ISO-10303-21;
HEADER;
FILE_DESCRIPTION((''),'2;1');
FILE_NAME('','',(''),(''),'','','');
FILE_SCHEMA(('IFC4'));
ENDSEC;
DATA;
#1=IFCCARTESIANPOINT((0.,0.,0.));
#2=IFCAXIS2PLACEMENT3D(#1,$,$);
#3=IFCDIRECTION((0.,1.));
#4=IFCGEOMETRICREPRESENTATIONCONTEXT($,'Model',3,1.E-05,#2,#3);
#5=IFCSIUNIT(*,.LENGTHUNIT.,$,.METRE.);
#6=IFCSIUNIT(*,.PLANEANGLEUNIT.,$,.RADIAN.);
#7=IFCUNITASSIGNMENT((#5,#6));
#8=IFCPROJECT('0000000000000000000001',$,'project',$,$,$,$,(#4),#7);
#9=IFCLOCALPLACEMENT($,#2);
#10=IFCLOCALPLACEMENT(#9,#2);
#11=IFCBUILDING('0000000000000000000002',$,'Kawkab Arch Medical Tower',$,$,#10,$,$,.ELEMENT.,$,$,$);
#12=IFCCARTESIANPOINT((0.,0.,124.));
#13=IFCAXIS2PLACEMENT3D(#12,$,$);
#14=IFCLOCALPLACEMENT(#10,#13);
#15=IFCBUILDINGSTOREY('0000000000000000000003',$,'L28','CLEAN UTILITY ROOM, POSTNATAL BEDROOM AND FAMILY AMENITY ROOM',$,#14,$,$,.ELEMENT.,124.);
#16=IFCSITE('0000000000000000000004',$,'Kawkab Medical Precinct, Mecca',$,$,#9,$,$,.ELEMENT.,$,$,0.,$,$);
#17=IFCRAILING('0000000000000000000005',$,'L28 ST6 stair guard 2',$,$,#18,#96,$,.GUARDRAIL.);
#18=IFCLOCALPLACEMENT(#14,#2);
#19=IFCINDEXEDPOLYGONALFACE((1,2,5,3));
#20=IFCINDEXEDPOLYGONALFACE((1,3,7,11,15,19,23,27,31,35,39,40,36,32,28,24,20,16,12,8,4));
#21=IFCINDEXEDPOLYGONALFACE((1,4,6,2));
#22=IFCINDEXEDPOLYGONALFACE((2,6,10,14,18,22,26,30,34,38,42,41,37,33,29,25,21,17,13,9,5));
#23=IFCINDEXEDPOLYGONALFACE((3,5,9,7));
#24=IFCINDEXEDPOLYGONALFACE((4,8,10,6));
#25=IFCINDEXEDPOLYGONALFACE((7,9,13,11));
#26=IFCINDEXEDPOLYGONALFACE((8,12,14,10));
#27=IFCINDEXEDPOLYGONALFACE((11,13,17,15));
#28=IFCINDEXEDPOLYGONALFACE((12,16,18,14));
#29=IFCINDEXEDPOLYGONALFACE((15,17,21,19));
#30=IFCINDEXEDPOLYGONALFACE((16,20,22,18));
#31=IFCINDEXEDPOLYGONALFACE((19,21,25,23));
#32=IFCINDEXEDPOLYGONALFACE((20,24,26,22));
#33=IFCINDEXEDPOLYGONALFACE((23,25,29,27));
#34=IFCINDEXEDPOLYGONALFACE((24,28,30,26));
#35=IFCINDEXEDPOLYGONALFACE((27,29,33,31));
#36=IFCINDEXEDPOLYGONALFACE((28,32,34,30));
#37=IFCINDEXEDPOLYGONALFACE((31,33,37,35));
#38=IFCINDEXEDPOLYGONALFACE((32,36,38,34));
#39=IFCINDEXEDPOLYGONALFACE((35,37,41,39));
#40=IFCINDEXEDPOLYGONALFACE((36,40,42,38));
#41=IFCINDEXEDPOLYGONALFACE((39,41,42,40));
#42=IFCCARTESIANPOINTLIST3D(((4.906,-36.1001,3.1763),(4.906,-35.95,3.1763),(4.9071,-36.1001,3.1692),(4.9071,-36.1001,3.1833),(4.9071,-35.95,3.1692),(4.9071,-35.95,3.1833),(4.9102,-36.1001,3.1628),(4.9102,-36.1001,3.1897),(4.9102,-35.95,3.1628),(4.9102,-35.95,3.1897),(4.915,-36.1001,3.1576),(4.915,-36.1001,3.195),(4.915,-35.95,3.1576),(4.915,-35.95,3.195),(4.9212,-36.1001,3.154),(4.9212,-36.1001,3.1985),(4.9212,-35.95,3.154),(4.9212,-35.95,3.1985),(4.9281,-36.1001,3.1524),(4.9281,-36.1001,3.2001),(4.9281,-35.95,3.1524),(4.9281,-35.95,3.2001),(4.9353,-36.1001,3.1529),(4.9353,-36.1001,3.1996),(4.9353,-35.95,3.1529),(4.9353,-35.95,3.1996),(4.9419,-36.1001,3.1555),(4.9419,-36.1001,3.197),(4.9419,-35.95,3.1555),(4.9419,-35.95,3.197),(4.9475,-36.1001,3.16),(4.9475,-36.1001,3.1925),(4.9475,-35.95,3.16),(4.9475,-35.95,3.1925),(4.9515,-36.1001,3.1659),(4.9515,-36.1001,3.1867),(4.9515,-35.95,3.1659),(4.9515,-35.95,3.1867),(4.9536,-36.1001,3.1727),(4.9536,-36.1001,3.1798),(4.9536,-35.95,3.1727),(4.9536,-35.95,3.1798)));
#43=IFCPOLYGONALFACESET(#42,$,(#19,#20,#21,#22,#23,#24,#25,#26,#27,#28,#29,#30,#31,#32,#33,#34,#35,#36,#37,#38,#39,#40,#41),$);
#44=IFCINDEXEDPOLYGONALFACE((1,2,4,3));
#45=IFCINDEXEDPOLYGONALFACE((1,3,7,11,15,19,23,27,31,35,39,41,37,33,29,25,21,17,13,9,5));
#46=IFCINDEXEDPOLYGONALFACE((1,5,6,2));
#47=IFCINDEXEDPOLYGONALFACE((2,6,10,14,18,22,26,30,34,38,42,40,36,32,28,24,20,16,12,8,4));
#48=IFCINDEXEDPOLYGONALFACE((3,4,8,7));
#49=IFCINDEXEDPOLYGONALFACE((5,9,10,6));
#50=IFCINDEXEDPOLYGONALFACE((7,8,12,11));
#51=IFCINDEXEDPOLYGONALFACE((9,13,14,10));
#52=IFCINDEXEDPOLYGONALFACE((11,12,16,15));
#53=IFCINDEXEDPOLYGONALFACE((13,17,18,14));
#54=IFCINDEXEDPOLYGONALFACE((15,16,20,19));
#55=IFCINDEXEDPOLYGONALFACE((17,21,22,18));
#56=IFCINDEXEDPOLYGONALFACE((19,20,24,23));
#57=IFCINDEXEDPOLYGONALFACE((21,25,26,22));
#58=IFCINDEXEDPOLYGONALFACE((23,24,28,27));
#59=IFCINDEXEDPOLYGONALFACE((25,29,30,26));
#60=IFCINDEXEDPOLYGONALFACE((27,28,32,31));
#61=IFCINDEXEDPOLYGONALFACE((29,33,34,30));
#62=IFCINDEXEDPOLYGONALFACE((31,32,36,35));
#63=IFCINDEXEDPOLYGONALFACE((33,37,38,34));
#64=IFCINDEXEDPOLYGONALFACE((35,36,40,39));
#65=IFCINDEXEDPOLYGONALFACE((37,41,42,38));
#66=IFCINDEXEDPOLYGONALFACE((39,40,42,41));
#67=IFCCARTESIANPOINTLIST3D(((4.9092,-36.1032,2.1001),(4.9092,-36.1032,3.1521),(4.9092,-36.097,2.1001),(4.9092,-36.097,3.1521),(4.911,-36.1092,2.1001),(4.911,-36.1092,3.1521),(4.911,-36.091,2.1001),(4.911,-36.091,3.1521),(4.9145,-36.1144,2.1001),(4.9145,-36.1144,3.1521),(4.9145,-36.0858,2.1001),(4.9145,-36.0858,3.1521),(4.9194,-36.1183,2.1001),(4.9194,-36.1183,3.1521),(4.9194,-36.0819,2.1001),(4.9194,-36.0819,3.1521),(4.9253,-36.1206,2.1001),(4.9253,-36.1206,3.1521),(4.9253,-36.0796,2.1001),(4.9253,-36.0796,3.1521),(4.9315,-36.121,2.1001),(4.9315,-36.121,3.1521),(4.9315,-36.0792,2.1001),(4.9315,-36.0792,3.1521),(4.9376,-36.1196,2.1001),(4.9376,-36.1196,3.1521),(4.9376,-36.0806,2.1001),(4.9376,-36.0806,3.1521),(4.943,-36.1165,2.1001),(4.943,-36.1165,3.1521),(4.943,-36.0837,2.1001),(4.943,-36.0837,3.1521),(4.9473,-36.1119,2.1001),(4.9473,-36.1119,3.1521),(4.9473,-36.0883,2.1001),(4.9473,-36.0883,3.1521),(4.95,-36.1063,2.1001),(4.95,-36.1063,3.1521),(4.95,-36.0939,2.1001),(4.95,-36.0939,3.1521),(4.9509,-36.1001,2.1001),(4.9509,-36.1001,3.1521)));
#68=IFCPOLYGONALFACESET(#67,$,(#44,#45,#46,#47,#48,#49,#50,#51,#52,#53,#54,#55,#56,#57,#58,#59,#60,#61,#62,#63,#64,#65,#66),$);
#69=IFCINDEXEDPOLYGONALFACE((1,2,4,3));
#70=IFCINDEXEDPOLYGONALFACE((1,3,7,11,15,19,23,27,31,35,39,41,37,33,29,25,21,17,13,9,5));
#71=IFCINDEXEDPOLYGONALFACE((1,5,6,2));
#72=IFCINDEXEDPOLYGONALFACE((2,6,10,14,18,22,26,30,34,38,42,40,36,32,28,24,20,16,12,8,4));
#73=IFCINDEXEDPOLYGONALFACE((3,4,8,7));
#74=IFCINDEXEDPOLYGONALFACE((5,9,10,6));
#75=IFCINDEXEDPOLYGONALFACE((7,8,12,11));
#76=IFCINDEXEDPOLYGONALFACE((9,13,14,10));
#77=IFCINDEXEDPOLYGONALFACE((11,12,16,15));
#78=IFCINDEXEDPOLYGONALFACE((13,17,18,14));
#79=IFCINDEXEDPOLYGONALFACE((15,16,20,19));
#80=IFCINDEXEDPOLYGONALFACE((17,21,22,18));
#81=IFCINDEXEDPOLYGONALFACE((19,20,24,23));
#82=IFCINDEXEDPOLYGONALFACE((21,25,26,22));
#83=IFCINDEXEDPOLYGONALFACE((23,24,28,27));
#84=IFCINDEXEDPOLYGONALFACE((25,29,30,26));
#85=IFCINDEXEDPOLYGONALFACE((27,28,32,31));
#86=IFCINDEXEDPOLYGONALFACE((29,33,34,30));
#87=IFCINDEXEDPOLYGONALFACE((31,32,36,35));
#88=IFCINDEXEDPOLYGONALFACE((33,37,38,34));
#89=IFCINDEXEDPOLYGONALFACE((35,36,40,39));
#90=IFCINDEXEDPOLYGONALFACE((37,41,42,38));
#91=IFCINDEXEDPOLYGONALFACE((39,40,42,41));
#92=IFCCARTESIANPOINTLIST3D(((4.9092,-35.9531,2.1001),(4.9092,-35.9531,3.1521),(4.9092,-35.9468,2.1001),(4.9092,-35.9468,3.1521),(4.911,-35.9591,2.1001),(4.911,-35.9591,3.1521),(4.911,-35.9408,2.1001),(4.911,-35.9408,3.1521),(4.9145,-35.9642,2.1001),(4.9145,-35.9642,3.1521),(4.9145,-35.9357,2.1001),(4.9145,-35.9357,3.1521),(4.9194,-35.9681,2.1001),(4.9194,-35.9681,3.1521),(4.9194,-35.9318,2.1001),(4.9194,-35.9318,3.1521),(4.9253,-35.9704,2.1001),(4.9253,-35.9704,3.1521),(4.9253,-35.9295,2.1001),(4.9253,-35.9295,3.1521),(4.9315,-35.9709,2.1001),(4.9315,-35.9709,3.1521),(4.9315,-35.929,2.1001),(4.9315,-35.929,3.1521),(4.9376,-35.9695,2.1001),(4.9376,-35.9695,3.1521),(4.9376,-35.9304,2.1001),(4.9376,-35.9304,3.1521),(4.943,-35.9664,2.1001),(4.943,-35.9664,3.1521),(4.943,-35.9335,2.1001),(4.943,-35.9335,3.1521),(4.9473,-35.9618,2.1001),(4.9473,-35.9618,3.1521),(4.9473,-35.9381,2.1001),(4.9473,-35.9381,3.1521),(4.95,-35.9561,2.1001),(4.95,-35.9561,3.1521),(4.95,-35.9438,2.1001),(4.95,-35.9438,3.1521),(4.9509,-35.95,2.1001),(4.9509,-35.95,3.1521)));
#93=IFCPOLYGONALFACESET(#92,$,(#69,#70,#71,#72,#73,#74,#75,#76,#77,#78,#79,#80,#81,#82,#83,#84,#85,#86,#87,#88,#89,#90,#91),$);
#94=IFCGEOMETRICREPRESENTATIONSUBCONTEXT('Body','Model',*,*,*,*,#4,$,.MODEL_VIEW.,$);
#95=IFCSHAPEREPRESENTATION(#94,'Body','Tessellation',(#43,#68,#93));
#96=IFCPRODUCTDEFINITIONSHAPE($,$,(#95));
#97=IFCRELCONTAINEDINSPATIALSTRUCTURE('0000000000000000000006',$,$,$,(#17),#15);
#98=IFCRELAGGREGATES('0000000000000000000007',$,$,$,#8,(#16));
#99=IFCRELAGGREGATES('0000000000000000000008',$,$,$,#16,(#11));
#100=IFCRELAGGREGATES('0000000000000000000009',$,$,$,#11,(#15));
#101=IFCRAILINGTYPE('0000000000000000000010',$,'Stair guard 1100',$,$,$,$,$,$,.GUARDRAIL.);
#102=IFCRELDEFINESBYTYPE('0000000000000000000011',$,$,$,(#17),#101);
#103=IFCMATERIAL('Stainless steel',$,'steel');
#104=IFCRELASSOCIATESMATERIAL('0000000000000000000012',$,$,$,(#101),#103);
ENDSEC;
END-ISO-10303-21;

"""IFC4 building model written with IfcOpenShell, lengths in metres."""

from ifc_helpers import new_model, si_unit, direction, frame, origin, origin_2d, place, context, subcontext, project, spatial, circle, extrude, material, type_object, element, save


model = new_model("IFC4")

# Units and contexts
model_context = context("Model", 3, precision=1e-05, world=origin(), true_north=direction((0.0, 1.0)))
body_context = subcontext(model_context, "Body", "Model", "MODEL_VIEW")
ifc_project = project(units=[si_unit("LENGTHUNIT", "METRE"), si_unit("PLANEANGLEUNIT", "RADIAN")], contexts=[model_context])

# Site, building, storey
site_placement = place(None, origin())
site = spatial("IfcSite", under=ifc_project, at=site_placement, Name="Kawkab Medical Precinct, Mecca", CompositionType="ELEMENT", RefElevation=0.0)
building_placement = place(site_placement, origin())
building = spatial("IfcBuilding", under=site, at=building_placement, Name="Kawkab Arch Medical Tower", CompositionType="ELEMENT")
storey_placement = place(building_placement, frame((0.0, 0.0, 124.0)))
storey = spatial("IfcBuildingStorey", under=building, at=storey_placement, Name="L28", Description="CLEAN UTILITY ROOM, POSTNATAL BEDROOM AND FAMILY AMENITY ROOM", CompositionType="ELEMENT", Elevation=124.0)

# Railing
ifc_material_1 = material(Name="Stainless steel", Category="steel")
railing_type = type_object("IfcRailingType", Name="Stair guard 1100", PredefinedType="GUARDRAIL", material=ifc_material_1)
railing_1_placement = place(storey_placement, frame((4.9299, -36.1001, 2.1001)))
element("IfcRailing", 1, at=railing_1_placement, inside=storey, type_object=railing_type, Name="L28 ST6 stair guard 2", PredefinedType="GUARDRAIL", context=body_context, shape_type="SweptSolid", body=[
    extrude(circle(Radius=0.0239, at=origin_2d()), frame((0.0, 0.0, 1.0762), z_axis=(0.0, 1.0, 0.0), x_axis=(-1.0, 0.0, 0.0)), (0.0, 0.0, 1.0), 0.1501),
    extrude(circle(Radius=0.021, at=origin_2d()), origin(), (0.0, 0.0, 1.0), 1.052),
    extrude(circle(Radius=0.021, at=origin_2d()), frame((0.0, 0.1501, 0.0)), (0.0, 0.0, 1.0), 1.052),
])

save(model, "model.ifc")
